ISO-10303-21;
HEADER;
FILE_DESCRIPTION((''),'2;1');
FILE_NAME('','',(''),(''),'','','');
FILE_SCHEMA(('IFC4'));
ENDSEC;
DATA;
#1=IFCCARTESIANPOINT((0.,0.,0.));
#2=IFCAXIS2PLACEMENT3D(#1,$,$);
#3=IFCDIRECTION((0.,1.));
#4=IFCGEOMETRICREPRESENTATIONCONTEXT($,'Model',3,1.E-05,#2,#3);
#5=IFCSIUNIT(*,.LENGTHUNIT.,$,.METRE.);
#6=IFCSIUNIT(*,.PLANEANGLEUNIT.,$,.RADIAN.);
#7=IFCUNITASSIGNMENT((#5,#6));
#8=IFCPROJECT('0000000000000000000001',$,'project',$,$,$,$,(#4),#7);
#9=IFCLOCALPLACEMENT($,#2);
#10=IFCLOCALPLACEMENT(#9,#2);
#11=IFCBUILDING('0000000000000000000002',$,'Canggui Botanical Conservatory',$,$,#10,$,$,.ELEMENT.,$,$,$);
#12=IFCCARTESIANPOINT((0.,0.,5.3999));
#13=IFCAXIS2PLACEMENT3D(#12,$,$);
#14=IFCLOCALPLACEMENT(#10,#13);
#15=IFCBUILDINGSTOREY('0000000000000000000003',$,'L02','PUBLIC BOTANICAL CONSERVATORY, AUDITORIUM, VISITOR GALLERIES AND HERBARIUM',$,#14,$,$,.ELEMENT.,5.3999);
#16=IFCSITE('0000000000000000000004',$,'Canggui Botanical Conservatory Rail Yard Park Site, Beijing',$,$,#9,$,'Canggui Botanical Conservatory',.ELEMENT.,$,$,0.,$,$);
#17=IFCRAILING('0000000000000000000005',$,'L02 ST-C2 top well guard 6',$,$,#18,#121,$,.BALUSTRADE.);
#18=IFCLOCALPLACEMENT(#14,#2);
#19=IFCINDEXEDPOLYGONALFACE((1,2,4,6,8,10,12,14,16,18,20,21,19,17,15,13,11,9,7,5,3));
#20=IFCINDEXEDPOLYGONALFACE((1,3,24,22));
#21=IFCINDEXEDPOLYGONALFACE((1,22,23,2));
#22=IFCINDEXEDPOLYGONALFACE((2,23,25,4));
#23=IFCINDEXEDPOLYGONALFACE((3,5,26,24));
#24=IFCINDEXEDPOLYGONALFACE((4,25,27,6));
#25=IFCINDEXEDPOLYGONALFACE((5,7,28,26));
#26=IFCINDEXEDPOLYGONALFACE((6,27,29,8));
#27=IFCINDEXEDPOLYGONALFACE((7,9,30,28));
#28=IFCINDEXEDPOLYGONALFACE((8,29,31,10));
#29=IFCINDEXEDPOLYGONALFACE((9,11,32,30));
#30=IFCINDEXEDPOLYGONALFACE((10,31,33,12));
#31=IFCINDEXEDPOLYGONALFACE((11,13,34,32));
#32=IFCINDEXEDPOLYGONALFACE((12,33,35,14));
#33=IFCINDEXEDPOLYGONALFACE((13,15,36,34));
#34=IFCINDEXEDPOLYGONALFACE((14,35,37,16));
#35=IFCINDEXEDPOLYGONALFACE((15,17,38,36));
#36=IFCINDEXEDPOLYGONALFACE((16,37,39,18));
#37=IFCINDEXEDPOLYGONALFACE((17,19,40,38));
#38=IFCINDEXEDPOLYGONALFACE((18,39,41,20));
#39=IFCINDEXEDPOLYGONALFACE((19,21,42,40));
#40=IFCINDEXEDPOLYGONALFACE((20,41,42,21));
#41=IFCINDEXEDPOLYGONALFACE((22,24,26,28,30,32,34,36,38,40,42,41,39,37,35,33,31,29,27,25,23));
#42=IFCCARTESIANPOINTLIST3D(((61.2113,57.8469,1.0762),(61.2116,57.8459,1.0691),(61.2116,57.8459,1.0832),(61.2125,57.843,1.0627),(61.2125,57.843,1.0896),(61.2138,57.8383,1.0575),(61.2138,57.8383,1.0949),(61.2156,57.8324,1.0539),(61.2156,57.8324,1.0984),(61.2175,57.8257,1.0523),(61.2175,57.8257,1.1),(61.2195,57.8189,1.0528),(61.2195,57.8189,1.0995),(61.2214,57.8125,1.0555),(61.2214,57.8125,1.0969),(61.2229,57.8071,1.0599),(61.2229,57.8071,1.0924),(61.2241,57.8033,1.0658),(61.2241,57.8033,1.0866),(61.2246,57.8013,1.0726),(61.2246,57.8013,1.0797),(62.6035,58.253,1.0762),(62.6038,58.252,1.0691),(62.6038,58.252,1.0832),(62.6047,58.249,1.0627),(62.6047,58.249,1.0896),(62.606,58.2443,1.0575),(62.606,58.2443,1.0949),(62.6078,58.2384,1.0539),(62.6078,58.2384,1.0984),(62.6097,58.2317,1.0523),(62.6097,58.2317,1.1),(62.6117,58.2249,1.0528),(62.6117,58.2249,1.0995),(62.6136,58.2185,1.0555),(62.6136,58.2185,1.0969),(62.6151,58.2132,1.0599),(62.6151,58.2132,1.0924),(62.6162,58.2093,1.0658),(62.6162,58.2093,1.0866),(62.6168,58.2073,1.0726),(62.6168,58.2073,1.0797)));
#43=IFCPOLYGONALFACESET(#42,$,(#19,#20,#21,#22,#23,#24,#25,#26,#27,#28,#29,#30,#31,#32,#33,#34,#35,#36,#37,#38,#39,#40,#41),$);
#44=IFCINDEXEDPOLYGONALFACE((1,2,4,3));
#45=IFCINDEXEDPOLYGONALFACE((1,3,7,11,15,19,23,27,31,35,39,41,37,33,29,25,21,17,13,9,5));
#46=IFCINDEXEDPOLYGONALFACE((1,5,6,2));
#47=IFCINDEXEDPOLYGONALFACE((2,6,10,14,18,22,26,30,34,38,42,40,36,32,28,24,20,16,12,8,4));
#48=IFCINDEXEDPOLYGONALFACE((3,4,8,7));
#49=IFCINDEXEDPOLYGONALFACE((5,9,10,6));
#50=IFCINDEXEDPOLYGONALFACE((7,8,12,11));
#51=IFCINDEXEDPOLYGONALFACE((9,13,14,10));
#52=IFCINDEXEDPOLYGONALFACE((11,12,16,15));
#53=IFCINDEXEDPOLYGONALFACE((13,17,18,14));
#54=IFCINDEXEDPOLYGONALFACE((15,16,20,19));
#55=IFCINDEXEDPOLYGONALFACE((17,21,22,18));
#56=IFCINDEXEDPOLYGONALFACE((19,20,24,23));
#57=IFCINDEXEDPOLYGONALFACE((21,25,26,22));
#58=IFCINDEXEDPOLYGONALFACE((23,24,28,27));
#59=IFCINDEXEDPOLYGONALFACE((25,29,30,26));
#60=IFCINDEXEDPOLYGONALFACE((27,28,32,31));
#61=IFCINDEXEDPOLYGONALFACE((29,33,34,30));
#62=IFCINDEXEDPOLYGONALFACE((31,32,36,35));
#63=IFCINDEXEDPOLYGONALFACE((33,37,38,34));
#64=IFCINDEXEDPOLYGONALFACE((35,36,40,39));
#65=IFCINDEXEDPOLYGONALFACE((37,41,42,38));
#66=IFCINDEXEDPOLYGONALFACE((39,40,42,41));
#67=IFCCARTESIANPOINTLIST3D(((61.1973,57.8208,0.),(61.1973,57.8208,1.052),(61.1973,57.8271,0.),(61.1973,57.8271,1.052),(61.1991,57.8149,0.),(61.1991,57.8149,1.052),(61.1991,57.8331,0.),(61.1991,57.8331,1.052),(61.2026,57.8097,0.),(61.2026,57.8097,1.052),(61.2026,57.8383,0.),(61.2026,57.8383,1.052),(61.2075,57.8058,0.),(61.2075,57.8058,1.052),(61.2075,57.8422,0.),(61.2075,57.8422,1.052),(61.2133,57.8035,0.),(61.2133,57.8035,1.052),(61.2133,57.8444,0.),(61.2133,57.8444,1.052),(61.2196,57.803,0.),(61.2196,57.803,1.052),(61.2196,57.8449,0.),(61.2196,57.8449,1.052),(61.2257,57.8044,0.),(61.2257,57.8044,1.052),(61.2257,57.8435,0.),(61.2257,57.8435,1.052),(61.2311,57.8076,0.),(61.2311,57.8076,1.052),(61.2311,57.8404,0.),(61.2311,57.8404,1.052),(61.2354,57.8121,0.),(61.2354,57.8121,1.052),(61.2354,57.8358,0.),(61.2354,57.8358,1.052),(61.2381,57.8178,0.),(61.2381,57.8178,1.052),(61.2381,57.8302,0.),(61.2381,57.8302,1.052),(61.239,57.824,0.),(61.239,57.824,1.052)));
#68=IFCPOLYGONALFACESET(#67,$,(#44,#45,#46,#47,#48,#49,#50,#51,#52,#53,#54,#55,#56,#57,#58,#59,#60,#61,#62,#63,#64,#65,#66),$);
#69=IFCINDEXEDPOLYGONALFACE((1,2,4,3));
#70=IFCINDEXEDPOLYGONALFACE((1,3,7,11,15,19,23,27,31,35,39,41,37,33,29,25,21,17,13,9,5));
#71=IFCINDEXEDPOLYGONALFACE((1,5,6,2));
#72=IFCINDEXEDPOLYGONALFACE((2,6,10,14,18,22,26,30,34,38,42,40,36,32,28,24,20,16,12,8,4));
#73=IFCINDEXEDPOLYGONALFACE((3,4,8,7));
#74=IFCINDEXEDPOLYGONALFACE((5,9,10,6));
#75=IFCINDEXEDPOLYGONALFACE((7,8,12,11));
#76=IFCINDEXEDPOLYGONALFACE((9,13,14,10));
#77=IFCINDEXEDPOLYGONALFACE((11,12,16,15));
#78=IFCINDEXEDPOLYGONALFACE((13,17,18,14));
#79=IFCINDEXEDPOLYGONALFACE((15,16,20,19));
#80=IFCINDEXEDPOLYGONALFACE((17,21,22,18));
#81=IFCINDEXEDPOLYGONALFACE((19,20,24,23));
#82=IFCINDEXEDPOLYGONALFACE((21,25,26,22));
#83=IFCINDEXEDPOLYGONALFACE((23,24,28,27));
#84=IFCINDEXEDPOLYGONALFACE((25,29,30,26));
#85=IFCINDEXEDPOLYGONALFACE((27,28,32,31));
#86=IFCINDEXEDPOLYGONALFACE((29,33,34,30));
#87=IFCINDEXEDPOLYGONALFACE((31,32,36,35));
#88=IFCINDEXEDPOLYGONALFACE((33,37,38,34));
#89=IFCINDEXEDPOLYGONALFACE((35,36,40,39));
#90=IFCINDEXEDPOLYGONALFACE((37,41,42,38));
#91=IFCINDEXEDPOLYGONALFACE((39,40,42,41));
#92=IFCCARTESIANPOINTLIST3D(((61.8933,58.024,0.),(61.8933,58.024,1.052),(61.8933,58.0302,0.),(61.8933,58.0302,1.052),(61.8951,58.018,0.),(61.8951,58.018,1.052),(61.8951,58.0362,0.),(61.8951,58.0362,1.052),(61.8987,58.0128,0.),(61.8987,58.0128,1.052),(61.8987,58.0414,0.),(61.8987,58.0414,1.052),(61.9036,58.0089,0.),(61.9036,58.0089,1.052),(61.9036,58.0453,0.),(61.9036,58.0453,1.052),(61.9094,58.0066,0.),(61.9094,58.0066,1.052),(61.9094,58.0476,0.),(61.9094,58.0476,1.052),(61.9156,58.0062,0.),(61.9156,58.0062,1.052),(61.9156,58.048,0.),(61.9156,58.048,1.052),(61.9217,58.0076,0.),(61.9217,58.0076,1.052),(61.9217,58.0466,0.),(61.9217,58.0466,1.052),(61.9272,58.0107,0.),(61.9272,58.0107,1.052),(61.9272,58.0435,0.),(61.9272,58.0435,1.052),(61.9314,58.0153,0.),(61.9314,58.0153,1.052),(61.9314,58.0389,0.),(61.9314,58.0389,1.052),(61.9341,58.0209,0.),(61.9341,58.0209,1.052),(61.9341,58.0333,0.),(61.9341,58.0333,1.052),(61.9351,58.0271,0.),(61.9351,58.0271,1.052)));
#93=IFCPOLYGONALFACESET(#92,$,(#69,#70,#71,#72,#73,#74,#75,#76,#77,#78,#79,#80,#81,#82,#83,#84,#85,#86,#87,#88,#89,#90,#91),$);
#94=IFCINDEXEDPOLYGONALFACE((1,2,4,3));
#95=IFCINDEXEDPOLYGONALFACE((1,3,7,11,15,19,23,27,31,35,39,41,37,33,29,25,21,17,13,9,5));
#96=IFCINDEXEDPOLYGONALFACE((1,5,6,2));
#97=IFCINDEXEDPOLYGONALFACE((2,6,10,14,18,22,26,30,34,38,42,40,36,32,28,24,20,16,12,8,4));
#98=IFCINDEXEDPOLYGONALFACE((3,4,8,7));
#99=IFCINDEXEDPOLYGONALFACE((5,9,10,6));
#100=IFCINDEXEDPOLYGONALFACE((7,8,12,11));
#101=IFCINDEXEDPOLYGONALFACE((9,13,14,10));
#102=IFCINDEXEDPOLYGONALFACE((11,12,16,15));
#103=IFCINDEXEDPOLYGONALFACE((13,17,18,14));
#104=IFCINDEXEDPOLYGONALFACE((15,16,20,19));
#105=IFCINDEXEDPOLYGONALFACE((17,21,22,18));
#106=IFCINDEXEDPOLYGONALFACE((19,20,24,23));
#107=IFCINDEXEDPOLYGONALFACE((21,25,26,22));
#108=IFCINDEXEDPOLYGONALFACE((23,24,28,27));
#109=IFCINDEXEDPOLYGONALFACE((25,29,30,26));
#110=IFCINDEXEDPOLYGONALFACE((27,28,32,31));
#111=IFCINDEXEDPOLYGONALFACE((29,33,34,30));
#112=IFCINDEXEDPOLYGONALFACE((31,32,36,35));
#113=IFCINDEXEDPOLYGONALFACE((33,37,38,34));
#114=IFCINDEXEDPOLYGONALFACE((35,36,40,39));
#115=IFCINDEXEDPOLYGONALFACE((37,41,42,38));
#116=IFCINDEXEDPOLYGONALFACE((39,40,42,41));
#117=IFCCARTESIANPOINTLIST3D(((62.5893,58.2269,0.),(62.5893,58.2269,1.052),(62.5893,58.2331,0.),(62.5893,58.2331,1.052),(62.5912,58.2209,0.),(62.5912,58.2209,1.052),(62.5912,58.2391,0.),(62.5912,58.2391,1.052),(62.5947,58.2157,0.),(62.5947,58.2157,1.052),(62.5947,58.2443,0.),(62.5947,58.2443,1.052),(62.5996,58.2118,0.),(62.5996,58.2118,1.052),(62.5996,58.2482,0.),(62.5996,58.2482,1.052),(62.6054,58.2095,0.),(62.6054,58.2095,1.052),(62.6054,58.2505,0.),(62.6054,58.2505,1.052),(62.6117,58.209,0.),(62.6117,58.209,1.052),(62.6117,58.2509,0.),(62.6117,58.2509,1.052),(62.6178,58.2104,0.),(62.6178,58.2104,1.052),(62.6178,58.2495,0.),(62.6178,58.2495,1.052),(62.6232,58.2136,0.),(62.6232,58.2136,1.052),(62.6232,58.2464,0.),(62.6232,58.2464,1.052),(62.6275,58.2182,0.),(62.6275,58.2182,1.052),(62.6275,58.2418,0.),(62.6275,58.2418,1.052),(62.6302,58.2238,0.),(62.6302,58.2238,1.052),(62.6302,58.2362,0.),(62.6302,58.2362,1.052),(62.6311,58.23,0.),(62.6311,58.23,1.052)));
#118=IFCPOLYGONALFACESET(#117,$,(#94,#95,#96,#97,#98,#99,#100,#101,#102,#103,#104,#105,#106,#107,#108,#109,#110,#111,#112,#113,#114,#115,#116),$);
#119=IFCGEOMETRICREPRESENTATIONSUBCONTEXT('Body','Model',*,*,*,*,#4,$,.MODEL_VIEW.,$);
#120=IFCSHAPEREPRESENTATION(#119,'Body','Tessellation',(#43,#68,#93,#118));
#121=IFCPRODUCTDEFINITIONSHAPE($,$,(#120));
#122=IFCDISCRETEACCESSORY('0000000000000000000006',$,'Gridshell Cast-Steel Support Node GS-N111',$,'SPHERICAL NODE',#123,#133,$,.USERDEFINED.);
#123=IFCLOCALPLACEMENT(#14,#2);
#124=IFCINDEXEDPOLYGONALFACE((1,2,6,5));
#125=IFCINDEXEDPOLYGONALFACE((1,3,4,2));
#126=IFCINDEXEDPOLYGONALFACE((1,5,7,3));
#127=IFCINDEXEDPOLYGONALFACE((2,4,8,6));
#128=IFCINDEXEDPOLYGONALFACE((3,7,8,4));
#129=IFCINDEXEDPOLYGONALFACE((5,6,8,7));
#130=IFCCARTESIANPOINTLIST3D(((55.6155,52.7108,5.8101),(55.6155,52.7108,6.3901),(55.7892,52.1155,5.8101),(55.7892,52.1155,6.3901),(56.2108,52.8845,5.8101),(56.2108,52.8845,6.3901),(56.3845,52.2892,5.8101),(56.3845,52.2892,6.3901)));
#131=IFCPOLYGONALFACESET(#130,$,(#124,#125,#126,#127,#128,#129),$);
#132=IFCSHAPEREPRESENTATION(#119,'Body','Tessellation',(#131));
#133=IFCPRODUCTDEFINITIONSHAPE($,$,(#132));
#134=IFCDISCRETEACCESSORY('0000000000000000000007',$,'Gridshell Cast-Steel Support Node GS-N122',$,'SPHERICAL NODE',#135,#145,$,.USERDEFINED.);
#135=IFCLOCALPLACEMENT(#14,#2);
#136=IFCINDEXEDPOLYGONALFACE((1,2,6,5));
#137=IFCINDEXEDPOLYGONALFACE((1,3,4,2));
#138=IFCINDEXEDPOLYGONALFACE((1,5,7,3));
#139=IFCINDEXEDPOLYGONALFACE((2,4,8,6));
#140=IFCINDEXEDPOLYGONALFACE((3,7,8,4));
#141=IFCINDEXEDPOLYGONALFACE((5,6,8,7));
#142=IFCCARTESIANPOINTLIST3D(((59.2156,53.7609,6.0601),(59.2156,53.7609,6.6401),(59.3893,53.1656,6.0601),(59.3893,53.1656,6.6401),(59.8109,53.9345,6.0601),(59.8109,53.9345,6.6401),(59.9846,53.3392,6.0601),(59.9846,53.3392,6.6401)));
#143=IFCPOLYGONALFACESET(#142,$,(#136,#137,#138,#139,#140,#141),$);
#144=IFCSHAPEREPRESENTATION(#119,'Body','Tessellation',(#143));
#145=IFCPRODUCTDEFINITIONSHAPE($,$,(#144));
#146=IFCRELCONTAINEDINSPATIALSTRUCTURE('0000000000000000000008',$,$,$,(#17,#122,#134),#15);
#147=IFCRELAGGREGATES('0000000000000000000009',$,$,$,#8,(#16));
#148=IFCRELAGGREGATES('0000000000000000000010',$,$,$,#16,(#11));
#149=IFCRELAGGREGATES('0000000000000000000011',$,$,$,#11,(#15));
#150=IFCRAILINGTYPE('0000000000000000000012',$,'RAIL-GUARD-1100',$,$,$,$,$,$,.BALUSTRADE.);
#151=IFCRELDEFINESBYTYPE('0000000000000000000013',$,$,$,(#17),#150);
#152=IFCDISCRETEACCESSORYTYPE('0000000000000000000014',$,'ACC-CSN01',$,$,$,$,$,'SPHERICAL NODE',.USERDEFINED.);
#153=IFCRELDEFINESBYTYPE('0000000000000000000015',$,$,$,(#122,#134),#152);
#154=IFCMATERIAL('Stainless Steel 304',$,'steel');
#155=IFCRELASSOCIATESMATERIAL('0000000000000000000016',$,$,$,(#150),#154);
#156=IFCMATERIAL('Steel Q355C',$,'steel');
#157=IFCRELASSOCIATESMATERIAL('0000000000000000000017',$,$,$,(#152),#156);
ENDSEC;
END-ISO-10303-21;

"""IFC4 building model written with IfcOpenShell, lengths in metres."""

from ifc_helpers import new_model, si_unit, direction, frame, origin, origin_2d, place, context, subcontext, project, spatial, rectangle, circle, extrude, material, type_object, element, save


model = new_model("IFC4")

# Units and contexts
model_context = context("Model", 3, precision=1e-05, world=origin(), true_north=direction((0.0, 1.0)))
body_context = subcontext(model_context, "Body", "Model", "MODEL_VIEW")
ifc_project = project(units=[si_unit("LENGTHUNIT", "METRE"), si_unit("PLANEANGLEUNIT", "RADIAN")], contexts=[model_context])

# Site, building, storey
site_placement = place(None, origin())
site = spatial("IfcSite", under=ifc_project, at=site_placement, Name="Canggui Botanical Conservatory Rail Yard Park Site, Beijing", LongName="Canggui Botanical Conservatory", CompositionType="ELEMENT", RefElevation=0.0)
building_placement = place(site_placement, origin())
building = spatial("IfcBuilding", under=site, at=building_placement, Name="Canggui Botanical Conservatory", CompositionType="ELEMENT")
storey_placement = place(building_placement, frame((0.0, 0.0, 5.3999)))
storey = spatial("IfcBuildingStorey", under=building, at=storey_placement, Name="L02", Description="PUBLIC BOTANICAL CONSERVATORY, AUDITORIUM, VISITOR GALLERIES AND HERBARIUM", CompositionType="ELEMENT", Elevation=5.3999)

# Shared definitions
ifc_material_1 = material(Name="Steel Q355C", Category="steel")

# Railing
ifc_material_2 = material(Name="Stainless Steel 304", Category="steel")
railing_type = type_object("IfcRailingType", Name="RAIL-GUARD-1100", PredefinedType="BALUSTRADE", material=ifc_material_2)
railing_placement = place(storey_placement, frame((61.218, 57.824, 0.0)))
element("IfcRailing", 1, at=railing_placement, inside=storey, type_object=railing_type, Name="L02 ST-C2 top well guard 6", PredefinedType="BALUSTRADE", context=body_context, shape_type="SweptSolid", body=[
    extrude(circle(Radius=0.0239, at=origin_2d()), frame((0.0, 0.0, 1.0762), z_axis=(0.960004, 0.279987, 0.0), x_axis=(-0.279987, 0.960004, 0.0)), (0.0, 0.0, 1.0), 1.4502),
    extrude(circle(Radius=0.021, at=origin_2d()), origin(), (0.0, 0.0, 1.0), 1.052),
    extrude(circle(Radius=0.021, at=origin_2d()), frame((0.696, 0.2031, 0.0)), (0.0, 0.0, 1.0), 1.052),
    extrude(circle(Radius=0.021, at=origin_2d()), frame((1.3921, 0.406, 0.0)), (0.0, 0.0, 1.0), 1.052),
])

# Discrete accessories
discrete_accessory_type = type_object("IfcDiscreteAccessoryType", Name="ACC-CSN01", ElementType="SPHERICAL NODE", PredefinedType="USERDEFINED", material=ifc_material_1)
for number, where, z_axis, x_axis, name in (
    (2, (56.0, 52.5, 5.8101), (0.0, 0.0, 1.0), (0.96, 0.28, 0.0), "Gridshell Cast-Steel Support Node GS-N111"),
    (3, (59.6001, 53.55, 6.0601), (0.0, 0.0, 1.0), (0.96, 0.28, 0.0), "Gridshell Cast-Steel Support Node GS-N122"),
):
    element("IfcDiscreteAccessory", number, at=place(storey_placement, frame(where, z_axis=z_axis, x_axis=x_axis)), inside=storey, type_object=discrete_accessory_type, Name=name, ObjectType="SPHERICAL NODE", PredefinedType="USERDEFINED", context=body_context, shape_type="SweptSolid", body=[
        extrude(rectangle(XDim=0.6201, YDim=0.6201, at=origin_2d()), origin(), (0.0, 0.0, 1.0), 0.5801),
    ])

save(model, "model.ifc")
